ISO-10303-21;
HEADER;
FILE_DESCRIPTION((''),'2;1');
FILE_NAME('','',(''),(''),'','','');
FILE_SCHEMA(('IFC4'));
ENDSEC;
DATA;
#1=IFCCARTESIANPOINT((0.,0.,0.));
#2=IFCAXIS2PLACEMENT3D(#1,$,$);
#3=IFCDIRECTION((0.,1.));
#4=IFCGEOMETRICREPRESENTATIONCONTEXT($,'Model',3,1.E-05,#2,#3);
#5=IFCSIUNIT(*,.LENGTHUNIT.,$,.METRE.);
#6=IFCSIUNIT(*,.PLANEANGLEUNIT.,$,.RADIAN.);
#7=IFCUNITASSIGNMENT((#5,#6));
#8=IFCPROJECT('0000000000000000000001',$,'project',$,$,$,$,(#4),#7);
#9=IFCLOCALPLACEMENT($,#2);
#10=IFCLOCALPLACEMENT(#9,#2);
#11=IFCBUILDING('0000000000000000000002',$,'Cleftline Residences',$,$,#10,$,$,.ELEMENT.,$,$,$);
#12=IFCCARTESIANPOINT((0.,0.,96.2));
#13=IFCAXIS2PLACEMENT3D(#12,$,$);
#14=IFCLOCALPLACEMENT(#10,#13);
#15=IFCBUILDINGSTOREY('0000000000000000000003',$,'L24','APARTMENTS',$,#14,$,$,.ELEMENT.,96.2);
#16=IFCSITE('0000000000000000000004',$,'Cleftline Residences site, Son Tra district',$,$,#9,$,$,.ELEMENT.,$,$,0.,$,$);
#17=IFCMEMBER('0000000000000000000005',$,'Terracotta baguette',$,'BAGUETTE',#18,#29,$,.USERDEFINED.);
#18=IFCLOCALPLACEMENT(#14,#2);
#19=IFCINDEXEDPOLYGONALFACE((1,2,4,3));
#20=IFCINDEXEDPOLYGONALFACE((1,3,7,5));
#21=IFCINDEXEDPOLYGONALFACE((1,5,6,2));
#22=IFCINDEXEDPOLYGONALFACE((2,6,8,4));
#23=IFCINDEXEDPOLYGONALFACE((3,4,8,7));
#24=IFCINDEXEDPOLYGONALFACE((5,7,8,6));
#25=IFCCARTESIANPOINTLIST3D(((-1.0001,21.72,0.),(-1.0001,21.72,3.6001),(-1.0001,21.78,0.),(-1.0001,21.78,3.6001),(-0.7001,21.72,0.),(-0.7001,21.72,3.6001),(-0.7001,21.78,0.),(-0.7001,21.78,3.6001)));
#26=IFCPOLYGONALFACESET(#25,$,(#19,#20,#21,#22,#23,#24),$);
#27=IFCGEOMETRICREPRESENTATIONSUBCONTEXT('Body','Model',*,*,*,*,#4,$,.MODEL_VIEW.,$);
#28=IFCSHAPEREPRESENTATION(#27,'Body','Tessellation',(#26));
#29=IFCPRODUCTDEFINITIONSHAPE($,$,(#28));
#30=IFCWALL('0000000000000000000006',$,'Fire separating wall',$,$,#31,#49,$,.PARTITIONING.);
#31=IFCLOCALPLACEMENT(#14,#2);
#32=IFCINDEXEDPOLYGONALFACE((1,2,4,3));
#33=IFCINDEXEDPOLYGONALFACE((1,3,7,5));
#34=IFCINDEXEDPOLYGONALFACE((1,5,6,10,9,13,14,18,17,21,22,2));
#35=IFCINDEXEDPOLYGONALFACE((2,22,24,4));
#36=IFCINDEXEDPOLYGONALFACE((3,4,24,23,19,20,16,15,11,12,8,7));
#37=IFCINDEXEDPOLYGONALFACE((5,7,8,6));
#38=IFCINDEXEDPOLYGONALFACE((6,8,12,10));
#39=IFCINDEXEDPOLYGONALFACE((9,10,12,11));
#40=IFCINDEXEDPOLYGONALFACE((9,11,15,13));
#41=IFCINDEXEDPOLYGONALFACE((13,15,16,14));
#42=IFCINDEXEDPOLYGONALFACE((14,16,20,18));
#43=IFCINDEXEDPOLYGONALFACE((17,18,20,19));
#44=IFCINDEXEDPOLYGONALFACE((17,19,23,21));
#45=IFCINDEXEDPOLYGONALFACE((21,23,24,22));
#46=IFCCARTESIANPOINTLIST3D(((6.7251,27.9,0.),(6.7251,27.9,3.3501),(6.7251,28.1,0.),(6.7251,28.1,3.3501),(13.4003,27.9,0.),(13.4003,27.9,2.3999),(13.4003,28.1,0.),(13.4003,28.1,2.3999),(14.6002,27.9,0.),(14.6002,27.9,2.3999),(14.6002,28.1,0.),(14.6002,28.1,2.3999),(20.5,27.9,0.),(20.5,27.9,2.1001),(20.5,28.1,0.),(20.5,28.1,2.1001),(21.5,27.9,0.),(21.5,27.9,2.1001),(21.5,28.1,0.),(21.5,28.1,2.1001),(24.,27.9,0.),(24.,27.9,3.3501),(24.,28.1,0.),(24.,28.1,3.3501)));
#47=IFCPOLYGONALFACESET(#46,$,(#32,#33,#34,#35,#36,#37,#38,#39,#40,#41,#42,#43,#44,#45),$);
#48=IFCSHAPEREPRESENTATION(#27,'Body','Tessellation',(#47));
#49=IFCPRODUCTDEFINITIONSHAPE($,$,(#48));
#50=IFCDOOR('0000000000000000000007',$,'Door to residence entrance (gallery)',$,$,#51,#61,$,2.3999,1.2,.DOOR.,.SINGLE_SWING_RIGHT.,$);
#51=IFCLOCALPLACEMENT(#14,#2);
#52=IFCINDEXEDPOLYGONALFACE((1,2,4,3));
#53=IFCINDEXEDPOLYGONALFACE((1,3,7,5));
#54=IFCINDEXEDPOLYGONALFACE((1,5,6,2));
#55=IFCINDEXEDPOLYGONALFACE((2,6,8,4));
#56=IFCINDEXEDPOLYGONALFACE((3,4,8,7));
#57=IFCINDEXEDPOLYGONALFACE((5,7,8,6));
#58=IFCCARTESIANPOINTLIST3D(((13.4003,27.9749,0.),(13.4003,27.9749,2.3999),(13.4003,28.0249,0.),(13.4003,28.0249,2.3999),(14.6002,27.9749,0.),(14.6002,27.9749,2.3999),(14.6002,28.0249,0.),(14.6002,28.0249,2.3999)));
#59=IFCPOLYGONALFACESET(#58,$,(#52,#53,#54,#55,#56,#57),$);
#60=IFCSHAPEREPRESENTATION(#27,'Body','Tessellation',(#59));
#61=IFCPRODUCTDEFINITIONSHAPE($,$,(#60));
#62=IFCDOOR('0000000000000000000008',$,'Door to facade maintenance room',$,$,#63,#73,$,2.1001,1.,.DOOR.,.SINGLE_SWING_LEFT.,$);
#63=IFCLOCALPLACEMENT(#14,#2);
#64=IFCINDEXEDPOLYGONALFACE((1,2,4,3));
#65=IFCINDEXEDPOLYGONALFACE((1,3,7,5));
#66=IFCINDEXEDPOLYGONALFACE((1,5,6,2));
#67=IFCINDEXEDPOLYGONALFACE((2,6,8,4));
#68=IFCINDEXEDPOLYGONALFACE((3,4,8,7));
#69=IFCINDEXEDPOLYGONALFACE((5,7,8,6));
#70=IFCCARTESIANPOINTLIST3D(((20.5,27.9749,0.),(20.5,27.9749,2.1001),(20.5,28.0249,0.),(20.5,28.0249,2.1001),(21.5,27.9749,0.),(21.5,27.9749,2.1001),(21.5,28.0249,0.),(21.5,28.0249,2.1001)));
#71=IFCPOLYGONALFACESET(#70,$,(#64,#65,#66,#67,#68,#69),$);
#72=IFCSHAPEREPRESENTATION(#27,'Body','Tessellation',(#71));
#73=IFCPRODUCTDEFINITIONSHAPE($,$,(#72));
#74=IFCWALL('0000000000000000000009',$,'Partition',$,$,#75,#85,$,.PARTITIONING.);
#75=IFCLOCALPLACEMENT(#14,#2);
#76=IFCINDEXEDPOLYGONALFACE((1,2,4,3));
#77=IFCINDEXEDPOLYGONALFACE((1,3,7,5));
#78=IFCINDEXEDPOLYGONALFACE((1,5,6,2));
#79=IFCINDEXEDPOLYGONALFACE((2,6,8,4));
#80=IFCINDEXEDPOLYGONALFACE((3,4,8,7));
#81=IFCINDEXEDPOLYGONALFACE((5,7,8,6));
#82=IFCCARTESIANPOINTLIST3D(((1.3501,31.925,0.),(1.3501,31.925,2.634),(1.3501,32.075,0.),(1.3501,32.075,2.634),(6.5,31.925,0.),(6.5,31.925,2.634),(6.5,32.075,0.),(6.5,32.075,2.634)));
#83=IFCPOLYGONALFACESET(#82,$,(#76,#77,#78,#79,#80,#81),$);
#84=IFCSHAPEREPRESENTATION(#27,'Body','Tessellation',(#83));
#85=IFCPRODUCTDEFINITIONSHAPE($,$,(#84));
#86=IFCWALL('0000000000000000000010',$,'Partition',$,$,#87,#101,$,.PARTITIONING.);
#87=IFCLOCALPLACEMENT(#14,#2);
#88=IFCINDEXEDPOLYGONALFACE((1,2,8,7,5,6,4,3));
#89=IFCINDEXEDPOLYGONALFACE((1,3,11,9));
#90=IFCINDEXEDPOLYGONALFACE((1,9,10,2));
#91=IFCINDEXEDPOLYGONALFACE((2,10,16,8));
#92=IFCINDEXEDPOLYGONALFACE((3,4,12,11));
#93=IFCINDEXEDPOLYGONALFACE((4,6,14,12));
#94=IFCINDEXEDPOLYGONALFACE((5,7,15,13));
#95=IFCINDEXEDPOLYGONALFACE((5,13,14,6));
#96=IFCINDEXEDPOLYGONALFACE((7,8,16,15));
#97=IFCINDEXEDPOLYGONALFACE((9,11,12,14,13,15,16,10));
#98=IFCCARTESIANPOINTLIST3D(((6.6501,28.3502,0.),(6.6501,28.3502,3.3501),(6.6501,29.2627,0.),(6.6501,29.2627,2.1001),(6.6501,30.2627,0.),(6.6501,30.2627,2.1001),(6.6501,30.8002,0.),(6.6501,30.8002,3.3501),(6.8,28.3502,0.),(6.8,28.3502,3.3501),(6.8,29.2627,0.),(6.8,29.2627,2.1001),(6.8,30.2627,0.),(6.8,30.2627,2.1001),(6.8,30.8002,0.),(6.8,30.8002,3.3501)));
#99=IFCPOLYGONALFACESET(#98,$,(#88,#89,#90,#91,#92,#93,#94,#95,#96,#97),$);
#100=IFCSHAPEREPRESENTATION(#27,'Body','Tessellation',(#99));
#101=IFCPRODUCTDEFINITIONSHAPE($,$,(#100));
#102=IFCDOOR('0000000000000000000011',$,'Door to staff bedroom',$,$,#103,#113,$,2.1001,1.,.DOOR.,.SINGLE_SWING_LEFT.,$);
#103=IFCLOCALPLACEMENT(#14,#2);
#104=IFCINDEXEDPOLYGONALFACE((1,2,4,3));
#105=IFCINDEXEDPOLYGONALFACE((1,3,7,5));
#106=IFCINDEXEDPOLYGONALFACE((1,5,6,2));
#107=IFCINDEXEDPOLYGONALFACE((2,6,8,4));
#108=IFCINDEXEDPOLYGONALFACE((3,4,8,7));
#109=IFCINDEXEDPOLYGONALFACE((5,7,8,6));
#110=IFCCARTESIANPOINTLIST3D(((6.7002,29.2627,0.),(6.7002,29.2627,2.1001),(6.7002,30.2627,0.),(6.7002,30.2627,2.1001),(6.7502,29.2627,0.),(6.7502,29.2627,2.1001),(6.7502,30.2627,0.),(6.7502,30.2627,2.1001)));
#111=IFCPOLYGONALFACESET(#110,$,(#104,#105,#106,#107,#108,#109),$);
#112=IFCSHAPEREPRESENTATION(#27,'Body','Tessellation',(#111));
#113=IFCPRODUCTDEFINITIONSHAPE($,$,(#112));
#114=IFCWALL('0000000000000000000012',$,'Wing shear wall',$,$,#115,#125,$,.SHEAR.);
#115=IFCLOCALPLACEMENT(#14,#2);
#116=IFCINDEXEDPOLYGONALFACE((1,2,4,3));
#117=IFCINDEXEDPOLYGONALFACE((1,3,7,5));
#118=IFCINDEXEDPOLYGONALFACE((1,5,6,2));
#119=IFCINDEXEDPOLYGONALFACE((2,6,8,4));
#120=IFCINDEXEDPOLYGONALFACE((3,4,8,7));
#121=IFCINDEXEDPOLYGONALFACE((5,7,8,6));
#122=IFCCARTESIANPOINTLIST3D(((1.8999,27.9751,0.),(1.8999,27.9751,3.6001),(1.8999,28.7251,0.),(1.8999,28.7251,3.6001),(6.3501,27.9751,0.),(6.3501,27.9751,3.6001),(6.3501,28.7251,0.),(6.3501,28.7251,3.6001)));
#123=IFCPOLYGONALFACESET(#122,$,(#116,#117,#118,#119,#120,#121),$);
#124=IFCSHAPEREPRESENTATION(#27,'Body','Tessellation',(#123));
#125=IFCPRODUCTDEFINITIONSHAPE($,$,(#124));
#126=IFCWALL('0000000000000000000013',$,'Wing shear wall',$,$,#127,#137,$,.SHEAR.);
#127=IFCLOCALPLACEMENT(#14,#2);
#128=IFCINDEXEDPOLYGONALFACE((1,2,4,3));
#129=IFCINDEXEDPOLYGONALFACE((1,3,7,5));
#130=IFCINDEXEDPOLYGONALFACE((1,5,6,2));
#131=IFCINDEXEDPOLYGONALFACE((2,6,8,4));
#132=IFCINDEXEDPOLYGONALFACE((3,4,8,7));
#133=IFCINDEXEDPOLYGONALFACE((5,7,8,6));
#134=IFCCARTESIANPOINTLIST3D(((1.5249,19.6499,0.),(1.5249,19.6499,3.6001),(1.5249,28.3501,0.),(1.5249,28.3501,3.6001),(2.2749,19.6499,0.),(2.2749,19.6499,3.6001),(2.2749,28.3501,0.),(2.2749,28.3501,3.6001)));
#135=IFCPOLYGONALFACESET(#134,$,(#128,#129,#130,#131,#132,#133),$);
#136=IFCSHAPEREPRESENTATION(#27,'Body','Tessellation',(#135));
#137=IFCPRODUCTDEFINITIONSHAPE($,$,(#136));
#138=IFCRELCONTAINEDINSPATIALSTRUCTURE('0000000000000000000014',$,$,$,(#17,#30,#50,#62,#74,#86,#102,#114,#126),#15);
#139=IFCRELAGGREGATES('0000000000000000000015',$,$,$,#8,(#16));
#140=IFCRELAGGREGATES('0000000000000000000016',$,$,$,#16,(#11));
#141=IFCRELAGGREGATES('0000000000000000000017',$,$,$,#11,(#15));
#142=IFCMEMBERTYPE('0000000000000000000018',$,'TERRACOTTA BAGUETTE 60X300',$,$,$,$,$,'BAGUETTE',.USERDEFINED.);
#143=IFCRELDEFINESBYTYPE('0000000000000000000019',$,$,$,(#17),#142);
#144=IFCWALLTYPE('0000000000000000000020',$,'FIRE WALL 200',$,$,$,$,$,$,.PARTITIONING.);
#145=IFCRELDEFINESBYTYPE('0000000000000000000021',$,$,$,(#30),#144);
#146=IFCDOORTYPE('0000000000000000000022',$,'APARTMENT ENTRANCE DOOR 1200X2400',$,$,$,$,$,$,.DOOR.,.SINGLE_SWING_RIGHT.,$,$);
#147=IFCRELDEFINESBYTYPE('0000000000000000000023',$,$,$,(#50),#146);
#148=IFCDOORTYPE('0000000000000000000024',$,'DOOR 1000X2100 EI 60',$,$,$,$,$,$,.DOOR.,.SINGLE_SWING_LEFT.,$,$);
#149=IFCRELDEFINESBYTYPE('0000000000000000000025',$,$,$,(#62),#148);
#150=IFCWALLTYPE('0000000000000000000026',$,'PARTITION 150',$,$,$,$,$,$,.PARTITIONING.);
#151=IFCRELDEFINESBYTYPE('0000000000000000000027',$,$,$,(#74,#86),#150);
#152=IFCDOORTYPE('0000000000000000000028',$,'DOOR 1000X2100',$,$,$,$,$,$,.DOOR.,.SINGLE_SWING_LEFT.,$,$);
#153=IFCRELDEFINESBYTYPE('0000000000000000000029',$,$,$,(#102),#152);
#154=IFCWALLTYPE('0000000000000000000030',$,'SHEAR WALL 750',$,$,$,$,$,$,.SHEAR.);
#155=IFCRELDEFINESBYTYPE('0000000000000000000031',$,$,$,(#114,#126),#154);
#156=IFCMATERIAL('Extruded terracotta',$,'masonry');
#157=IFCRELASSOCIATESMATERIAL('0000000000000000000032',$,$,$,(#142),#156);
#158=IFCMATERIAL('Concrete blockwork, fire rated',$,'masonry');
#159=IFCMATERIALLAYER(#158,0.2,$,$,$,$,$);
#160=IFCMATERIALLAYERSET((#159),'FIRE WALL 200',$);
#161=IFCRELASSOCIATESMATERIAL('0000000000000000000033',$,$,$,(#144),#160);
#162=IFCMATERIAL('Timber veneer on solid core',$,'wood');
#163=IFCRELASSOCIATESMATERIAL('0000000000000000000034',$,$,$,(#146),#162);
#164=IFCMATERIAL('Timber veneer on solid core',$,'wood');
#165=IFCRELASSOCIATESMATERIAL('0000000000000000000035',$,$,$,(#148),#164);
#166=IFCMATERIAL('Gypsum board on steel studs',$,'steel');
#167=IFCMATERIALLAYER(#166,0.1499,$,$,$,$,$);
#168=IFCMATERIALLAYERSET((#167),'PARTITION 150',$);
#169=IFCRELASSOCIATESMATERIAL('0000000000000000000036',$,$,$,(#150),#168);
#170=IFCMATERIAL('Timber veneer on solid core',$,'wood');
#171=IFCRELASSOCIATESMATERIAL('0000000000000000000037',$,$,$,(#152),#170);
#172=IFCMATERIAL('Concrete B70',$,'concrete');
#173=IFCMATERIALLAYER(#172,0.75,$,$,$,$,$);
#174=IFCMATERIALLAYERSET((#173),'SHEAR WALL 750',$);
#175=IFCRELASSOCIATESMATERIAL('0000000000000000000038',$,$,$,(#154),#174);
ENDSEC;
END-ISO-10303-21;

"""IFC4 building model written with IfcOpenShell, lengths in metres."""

from ifc_helpers import new_model, si_unit, direction, frame, frame_2d, origin, origin_2d, place, context, subcontext, project, spatial, rectangle, extrude, material, layer, layer_set, material_profile, profile_set, type_object, element, fill, save


model = new_model("IFC4")

# Units and contexts
model_context = context("Model", 3, precision=1e-05, world=origin(), true_north=direction((0.0, 1.0)))
body_context = subcontext(model_context, "Body", "Model", "MODEL_VIEW")
ifc_project = project(units=[si_unit("LENGTHUNIT", "METRE"), si_unit("PLANEANGLEUNIT", "RADIAN")], contexts=[model_context])

# Site, building, storey
site_placement = place(None, origin())
site = spatial("IfcSite", under=ifc_project, at=site_placement, Name="Cleftline Residences site, Son Tra district", CompositionType="ELEMENT", RefElevation=0.0)
building_placement = place(site_placement, origin())
building = spatial("IfcBuilding", under=site, at=building_placement, Name="Cleftline Residences", CompositionType="ELEMENT")
storey_placement = place(building_placement, frame((0.0, 0.0, 96.2)))
storey = spatial("IfcBuildingStorey", under=building, at=storey_placement, Name="L24", Description="APARTMENTS", CompositionType="ELEMENT", Elevation=96.2)

# Member
ifc_material_1 = material(Name="Extruded terracotta", Category="masonry")
ifc_material_profile_1 = material_profile(ifc_material_1, rectangle(XDim=0.0601, YDim=0.3, at=origin_2d()))
ifc_profile_set_1 = profile_set([ifc_material_profile_1], Name="Extruded terracotta")
member_type_1 = type_object("IfcMemberType", Name="TERRACOTTA BAGUETTE 60X300", ElementType="BAGUETTE", PredefinedType="USERDEFINED", material=ifc_profile_set_1)
for number, where, z_axis, x_axis, name in (
    (1, (-0.8501, 21.75, 0.0), (0.0, 0.0, 1.0), (0.0, 1.0, 0.0), "Terracotta baguette"),
):
    element("IfcMember", number, at=place(storey_placement, frame(where, z_axis=z_axis, x_axis=x_axis)), inside=storey, type_object=member_type_1, Name=name, ObjectType="BAGUETTE", PredefinedType="USERDEFINED", context=body_context, shape_type="SweptSolid", body=[
        extrude(rectangle(XDim=0.0601, YDim=0.3, at=origin_2d()), origin(), (0.0, 0.0, 1.0), 3.6001),
    ])

# Wall, openings, doors
ifc_material_2 = material(Name="Concrete blockwork, fire rated", Category="masonry")
ifc_layer_1 = layer(ifc_material_2, 0.2)
ifc_layer_set_1 = layer_set([ifc_layer_1], Name="FIRE WALL 200")
wall_type_1 = type_object("IfcWallType", Name="FIRE WALL 200", PredefinedType="PARTITIONING", material=ifc_layer_set_1)
wall_1_placement = place(storey_placement, frame((6.7251, 28.0, 0.0), z_axis=(0.0, 0.0, 1.0), x_axis=(1.0, 0.0, 0.0)))
wall_1 = element("IfcWall", 2, at=wall_1_placement, inside=storey, type_object=wall_type_1, Name="Fire separating wall", PredefinedType="PARTITIONING", context=body_context, shape_type="SweptSolid", body=[
    extrude(rectangle(XDim=17.2749, YDim=0.2, at=frame_2d((8.6375, 0.0))), origin(), (0.0, 0.0, 1.0), 3.3501),
])
opening_1_placement = place(wall_1_placement, frame((6.675, 0.0, 0.0)))
opening_1 = element("IfcOpeningElement", 3, at=opening_1_placement, cuts=wall_1, PredefinedType="OPENING", context=body_context, shape_type="SweptSolid", body=[
    extrude(rectangle(XDim=1.2, YDim=2.3999, at=frame_2d((0.6001, 1.2))), frame((0.0, 0.1099, 0.0), z_axis=(0.0, -1.0, 0.0), x_axis=(1.0, 0.0, 0.0)), (0.0, 0.0, 1.0), 0.22),
])
opening_2_placement = place(wall_1_placement, frame((13.7749, 0.0, 0.0)))
opening_2 = element("IfcOpeningElement", 4, at=opening_2_placement, cuts=wall_1, PredefinedType="OPENING", context=body_context, shape_type="SweptSolid", body=[
    extrude(rectangle(XDim=1.0, YDim=2.1001, at=frame_2d((0.5, 1.05))), frame((0.0, 0.1099, 0.0), z_axis=(0.0, -1.0, 0.0), x_axis=(1.0, 0.0, 0.0)), (0.0, 0.0, 1.0), 0.22),
])
ifc_material_3 = material(Name="Timber veneer on solid core", Category="wood")
door_type_1 = type_object("IfcDoorType", Name="APARTMENT ENTRANCE DOOR 1200X2400", OperationType="SINGLE_SWING_RIGHT", PredefinedType="DOOR", material=ifc_material_3)
door_1_placement = place(opening_1_placement, origin())
door_1 = element("IfcDoor", 5, at=door_1_placement, inside=storey, type_object=door_type_1, Name="Door to residence entrance (gallery)", OperationType="SINGLE_SWING_RIGHT", OverallHeight=2.3999, OverallWidth=1.2, PredefinedType="DOOR", context=body_context, shape_type="SweptSolid", body=[
    extrude(rectangle(XDim=1.2, YDim=2.3999, at=frame_2d((0.6001, 1.2))), frame((0.0, 0.0249, 0.0), z_axis=(0.0, -1.0, 0.0), x_axis=(1.0, 0.0, 0.0)), (0.0, 0.0, 1.0), 0.05),
])
fill(opening_1, door_1)
ifc_material_4 = material(Name="Timber veneer on solid core", Category="wood")
door_type_2 = type_object("IfcDoorType", Name="DOOR 1000X2100 EI 60", OperationType="SINGLE_SWING_LEFT", PredefinedType="DOOR", material=ifc_material_4)
door_2_placement = place(opening_2_placement, origin())
door_2 = element("IfcDoor", 6, at=door_2_placement, inside=storey, type_object=door_type_2, Name="Door to facade maintenance room", OperationType="SINGLE_SWING_LEFT", OverallHeight=2.1001, OverallWidth=1.0, PredefinedType="DOOR", context=body_context, shape_type="SweptSolid", body=[
    extrude(rectangle(XDim=1.0, YDim=2.1001, at=frame_2d((0.5, 1.05))), frame((0.0, 0.0249, 0.0), z_axis=(0.0, -1.0, 0.0), x_axis=(1.0, 0.0, 0.0)), (0.0, 0.0, 1.0), 0.05),
])
fill(opening_2, door_2)

# Wall
ifc_material_5 = material(Name="Gypsum board on steel studs", Category="steel")
ifc_layer_2 = layer(ifc_material_5, 0.1499)
ifc_layer_set_2 = layer_set([ifc_layer_2], Name="PARTITION 150")
wall_type_2 = type_object("IfcWallType", Name="PARTITION 150", PredefinedType="PARTITIONING", material=ifc_layer_set_2)
wall_2_placement = place(storey_placement, frame((1.3501, 32.0, 0.0), z_axis=(0.0, 0.0, 1.0), x_axis=(1.0, 0.0, 0.0)))
element("IfcWall", 7, at=wall_2_placement, inside=storey, type_object=wall_type_2, Name="Partition", PredefinedType="PARTITIONING", context=body_context, shape_type="SweptSolid", body=[
    extrude(rectangle(XDim=5.1499, YDim=0.1499, at=frame_2d((2.575, 0.0))), origin(), (0.0, 0.0, 1.0), 2.634),
])

# Wall, opening, door
wall_3_placement = place(storey_placement, frame((6.7251, 28.3501, 0.0), z_axis=(0.0, 0.0, 1.0), x_axis=(0.0, 1.0, 0.0)))
wall_3 = element("IfcWall", 8, at=wall_3_placement, inside=storey, type_object=wall_type_2, Name="Partition", PredefinedType="PARTITIONING", context=body_context, shape_type="SweptSolid", body=[
    extrude(rectangle(XDim=2.45, YDim=0.1499, at=frame_2d((1.2251, 0.0))), origin(), (0.0, 0.0, 1.0), 3.3501),
])
opening_3_placement = place(wall_3_placement, frame((0.9126, 0.0, 0.0)))
opening_3 = element("IfcOpeningElement", 9, at=opening_3_placement, cuts=wall_3, PredefinedType="OPENING", context=body_context, shape_type="SweptSolid", body=[
    extrude(rectangle(XDim=1.0, YDim=2.1001, at=frame_2d((0.5, 1.05))), frame((0.0, 0.085, 0.0), z_axis=(0.0, -1.0, 0.0), x_axis=(1.0, 0.0, 0.0)), (0.0, 0.0, 1.0), 0.1699),
])
ifc_material_6 = material(Name="Timber veneer on solid core", Category="wood")
door_type_3 = type_object("IfcDoorType", Name="DOOR 1000X2100", OperationType="SINGLE_SWING_LEFT", PredefinedType="DOOR", material=ifc_material_6)
door_3_placement = place(opening_3_placement, origin())
door_3 = element("IfcDoor", 10, at=door_3_placement, inside=storey, type_object=door_type_3, Name="Door to staff bedroom", OperationType="SINGLE_SWING_LEFT", OverallHeight=2.1001, OverallWidth=1.0, PredefinedType="DOOR", context=body_context, shape_type="SweptSolid", body=[
    extrude(rectangle(XDim=1.0, YDim=2.1001, at=frame_2d((0.5, 1.05))), frame((0.0, 0.0249, 0.0), z_axis=(0.0, -1.0, 0.0), x_axis=(1.0, 0.0, 0.0)), (0.0, 0.0, 1.0), 0.05),
])
fill(opening_3, door_3)

# Walls
ifc_material_7 = material(Name="Concrete B70", Category="concrete")
ifc_layer_3 = layer(ifc_material_7, 0.75)
ifc_layer_set_3 = layer_set([ifc_layer_3], Name="SHEAR WALL 750")
wall_type_3 = type_object("IfcWallType", Name="SHEAR WALL 750", PredefinedType="SHEAR", material=ifc_layer_set_3)
wall_4_placement = place(storey_placement, frame((6.3501, 28.3501, 0.0), z_axis=(0.0, 0.0, 1.0), x_axis=(-1.0, 0.0, 0.0)))
element("IfcWall", 11, at=wall_4_placement, inside=storey, type_object=wall_type_3, Name="Wing shear wall", PredefinedType="SHEAR", context=body_context, shape_type="SweptSolid", body=[
    extrude(rectangle(XDim=4.4502, YDim=0.75, at=frame_2d((2.2251, 0.0))), origin(), (0.0, 0.0, 1.0), 3.6001),
])
wall_5_placement = place(storey_placement, frame((1.8999, 28.3501, 0.0), z_axis=(0.0, 0.0, 1.0), x_axis=(0.0, -1.0, 0.0)))
element("IfcWall", 12, at=wall_5_placement, inside=storey, type_object=wall_type_3, Name="Wing shear wall", PredefinedType="SHEAR", context=body_context, shape_type="SweptSolid", body=[
    extrude(rectangle(XDim=8.7002, YDim=0.75, at=frame_2d((4.3501, 0.0))), origin(), (0.0, 0.0, 1.0), 3.6001),
])

save(model, "model.ifc")
